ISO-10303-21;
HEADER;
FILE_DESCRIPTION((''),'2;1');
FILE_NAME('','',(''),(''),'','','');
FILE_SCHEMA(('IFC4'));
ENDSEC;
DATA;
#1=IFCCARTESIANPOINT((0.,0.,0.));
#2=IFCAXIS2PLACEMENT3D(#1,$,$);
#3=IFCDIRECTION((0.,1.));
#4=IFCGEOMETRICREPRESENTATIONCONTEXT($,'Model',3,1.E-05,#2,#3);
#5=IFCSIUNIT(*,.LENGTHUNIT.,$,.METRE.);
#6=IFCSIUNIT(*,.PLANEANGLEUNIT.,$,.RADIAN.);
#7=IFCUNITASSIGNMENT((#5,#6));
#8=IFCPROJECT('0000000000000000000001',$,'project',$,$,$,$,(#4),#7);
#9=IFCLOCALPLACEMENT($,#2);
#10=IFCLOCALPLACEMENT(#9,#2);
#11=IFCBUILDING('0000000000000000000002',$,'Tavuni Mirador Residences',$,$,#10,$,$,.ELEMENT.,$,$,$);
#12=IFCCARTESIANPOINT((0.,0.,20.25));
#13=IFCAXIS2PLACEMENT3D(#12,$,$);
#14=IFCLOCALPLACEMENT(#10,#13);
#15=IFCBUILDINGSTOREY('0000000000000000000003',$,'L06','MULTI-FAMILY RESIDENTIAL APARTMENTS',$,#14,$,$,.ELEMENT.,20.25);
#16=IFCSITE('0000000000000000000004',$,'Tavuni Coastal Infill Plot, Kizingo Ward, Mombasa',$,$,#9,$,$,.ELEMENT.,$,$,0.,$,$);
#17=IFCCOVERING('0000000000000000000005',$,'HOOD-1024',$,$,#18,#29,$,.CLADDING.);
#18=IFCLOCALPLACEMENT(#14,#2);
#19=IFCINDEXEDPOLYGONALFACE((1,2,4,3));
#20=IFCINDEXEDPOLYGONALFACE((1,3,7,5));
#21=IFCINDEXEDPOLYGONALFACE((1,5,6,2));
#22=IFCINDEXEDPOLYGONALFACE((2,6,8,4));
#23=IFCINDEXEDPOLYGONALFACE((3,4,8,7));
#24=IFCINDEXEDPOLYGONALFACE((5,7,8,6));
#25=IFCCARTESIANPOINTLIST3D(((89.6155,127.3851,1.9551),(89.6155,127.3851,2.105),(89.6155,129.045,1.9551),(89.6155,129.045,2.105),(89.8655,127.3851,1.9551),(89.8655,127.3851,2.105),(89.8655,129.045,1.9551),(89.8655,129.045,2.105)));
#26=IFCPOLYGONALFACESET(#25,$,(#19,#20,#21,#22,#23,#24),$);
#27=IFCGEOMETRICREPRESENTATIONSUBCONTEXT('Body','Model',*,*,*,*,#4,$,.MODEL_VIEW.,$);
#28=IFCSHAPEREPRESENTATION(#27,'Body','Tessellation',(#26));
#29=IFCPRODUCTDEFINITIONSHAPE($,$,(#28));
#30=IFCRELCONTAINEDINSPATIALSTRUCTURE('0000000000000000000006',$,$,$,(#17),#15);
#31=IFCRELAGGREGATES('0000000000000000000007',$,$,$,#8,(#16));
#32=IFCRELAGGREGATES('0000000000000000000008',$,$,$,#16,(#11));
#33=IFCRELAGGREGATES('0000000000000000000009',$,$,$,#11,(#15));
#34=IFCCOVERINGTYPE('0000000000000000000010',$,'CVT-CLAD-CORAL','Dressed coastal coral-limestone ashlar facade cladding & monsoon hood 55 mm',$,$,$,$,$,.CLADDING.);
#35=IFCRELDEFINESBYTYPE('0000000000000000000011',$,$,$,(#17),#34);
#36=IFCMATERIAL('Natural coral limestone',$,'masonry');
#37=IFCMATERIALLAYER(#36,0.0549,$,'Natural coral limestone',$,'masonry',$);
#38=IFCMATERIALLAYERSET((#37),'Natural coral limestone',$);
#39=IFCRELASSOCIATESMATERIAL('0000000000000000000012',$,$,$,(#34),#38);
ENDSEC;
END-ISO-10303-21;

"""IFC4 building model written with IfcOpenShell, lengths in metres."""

from ifc_helpers import new_model, si_unit, direction, frame, origin, origin_2d, place, context, subcontext, project, spatial, rectangle, extrude, material, layer, layer_set, type_object, element, save


model = new_model("IFC4")

# Units and contexts
model_context = context("Model", 3, precision=1e-05, world=origin(), true_north=direction((0.0, 1.0)))
body_context = subcontext(model_context, "Body", "Model", "MODEL_VIEW")
ifc_project = project(units=[si_unit("LENGTHUNIT", "METRE"), si_unit("PLANEANGLEUNIT", "RADIAN")], contexts=[model_context])

# Site, building, storey
site_placement = place(None, origin())
site = spatial("IfcSite", under=ifc_project, at=site_placement, Name="Tavuni Coastal Infill Plot, Kizingo Ward, Mombasa", CompositionType="ELEMENT", RefElevation=0.0)
building_placement = place(site_placement, origin())
building = spatial("IfcBuilding", under=site, at=building_placement, Name="Tavuni Mirador Residences", CompositionType="ELEMENT")
storey_placement = place(building_placement, frame((0.0, 0.0, 20.25)))
storey = spatial("IfcBuildingStorey", under=building, at=storey_placement, Name="L06", Description="MULTI-FAMILY RESIDENTIAL APARTMENTS", CompositionType="ELEMENT", Elevation=20.25)

# Covering
ifc_material_1 = material(Name="Natural coral limestone", Category="masonry")
ifc_layer_1 = layer(ifc_material_1, 0.0549, Name="Natural coral limestone", Category="masonry")
ifc_layer_set_1 = layer_set([ifc_layer_1], Name="Natural coral limestone")
covering_type = type_object("IfcCoveringType", Name="CVT-CLAD-CORAL", Description="Dressed coastal coral-limestone ashlar facade cladding & monsoon hood 55 mm", PredefinedType="CLADDING", material=ifc_layer_set_1)
covering_placement = place(storey_placement, frame((89.7405, 128.2151, 1.9551), z_axis=(0.0, 0.0, 1.0), x_axis=(0.0, -1.0, 0.0)))
element("IfcCovering", 1, at=covering_placement, inside=storey, type_object=covering_type, Name="HOOD-1024", PredefinedType="CLADDING", context=body_context, shape_type="SweptSolid", body=[
    extrude(rectangle(XDim=1.6599, YDim=0.25, at=origin_2d()), origin(), (0.0, 0.0, 1.0), 0.1499),
])

save(model, "model.ifc")
